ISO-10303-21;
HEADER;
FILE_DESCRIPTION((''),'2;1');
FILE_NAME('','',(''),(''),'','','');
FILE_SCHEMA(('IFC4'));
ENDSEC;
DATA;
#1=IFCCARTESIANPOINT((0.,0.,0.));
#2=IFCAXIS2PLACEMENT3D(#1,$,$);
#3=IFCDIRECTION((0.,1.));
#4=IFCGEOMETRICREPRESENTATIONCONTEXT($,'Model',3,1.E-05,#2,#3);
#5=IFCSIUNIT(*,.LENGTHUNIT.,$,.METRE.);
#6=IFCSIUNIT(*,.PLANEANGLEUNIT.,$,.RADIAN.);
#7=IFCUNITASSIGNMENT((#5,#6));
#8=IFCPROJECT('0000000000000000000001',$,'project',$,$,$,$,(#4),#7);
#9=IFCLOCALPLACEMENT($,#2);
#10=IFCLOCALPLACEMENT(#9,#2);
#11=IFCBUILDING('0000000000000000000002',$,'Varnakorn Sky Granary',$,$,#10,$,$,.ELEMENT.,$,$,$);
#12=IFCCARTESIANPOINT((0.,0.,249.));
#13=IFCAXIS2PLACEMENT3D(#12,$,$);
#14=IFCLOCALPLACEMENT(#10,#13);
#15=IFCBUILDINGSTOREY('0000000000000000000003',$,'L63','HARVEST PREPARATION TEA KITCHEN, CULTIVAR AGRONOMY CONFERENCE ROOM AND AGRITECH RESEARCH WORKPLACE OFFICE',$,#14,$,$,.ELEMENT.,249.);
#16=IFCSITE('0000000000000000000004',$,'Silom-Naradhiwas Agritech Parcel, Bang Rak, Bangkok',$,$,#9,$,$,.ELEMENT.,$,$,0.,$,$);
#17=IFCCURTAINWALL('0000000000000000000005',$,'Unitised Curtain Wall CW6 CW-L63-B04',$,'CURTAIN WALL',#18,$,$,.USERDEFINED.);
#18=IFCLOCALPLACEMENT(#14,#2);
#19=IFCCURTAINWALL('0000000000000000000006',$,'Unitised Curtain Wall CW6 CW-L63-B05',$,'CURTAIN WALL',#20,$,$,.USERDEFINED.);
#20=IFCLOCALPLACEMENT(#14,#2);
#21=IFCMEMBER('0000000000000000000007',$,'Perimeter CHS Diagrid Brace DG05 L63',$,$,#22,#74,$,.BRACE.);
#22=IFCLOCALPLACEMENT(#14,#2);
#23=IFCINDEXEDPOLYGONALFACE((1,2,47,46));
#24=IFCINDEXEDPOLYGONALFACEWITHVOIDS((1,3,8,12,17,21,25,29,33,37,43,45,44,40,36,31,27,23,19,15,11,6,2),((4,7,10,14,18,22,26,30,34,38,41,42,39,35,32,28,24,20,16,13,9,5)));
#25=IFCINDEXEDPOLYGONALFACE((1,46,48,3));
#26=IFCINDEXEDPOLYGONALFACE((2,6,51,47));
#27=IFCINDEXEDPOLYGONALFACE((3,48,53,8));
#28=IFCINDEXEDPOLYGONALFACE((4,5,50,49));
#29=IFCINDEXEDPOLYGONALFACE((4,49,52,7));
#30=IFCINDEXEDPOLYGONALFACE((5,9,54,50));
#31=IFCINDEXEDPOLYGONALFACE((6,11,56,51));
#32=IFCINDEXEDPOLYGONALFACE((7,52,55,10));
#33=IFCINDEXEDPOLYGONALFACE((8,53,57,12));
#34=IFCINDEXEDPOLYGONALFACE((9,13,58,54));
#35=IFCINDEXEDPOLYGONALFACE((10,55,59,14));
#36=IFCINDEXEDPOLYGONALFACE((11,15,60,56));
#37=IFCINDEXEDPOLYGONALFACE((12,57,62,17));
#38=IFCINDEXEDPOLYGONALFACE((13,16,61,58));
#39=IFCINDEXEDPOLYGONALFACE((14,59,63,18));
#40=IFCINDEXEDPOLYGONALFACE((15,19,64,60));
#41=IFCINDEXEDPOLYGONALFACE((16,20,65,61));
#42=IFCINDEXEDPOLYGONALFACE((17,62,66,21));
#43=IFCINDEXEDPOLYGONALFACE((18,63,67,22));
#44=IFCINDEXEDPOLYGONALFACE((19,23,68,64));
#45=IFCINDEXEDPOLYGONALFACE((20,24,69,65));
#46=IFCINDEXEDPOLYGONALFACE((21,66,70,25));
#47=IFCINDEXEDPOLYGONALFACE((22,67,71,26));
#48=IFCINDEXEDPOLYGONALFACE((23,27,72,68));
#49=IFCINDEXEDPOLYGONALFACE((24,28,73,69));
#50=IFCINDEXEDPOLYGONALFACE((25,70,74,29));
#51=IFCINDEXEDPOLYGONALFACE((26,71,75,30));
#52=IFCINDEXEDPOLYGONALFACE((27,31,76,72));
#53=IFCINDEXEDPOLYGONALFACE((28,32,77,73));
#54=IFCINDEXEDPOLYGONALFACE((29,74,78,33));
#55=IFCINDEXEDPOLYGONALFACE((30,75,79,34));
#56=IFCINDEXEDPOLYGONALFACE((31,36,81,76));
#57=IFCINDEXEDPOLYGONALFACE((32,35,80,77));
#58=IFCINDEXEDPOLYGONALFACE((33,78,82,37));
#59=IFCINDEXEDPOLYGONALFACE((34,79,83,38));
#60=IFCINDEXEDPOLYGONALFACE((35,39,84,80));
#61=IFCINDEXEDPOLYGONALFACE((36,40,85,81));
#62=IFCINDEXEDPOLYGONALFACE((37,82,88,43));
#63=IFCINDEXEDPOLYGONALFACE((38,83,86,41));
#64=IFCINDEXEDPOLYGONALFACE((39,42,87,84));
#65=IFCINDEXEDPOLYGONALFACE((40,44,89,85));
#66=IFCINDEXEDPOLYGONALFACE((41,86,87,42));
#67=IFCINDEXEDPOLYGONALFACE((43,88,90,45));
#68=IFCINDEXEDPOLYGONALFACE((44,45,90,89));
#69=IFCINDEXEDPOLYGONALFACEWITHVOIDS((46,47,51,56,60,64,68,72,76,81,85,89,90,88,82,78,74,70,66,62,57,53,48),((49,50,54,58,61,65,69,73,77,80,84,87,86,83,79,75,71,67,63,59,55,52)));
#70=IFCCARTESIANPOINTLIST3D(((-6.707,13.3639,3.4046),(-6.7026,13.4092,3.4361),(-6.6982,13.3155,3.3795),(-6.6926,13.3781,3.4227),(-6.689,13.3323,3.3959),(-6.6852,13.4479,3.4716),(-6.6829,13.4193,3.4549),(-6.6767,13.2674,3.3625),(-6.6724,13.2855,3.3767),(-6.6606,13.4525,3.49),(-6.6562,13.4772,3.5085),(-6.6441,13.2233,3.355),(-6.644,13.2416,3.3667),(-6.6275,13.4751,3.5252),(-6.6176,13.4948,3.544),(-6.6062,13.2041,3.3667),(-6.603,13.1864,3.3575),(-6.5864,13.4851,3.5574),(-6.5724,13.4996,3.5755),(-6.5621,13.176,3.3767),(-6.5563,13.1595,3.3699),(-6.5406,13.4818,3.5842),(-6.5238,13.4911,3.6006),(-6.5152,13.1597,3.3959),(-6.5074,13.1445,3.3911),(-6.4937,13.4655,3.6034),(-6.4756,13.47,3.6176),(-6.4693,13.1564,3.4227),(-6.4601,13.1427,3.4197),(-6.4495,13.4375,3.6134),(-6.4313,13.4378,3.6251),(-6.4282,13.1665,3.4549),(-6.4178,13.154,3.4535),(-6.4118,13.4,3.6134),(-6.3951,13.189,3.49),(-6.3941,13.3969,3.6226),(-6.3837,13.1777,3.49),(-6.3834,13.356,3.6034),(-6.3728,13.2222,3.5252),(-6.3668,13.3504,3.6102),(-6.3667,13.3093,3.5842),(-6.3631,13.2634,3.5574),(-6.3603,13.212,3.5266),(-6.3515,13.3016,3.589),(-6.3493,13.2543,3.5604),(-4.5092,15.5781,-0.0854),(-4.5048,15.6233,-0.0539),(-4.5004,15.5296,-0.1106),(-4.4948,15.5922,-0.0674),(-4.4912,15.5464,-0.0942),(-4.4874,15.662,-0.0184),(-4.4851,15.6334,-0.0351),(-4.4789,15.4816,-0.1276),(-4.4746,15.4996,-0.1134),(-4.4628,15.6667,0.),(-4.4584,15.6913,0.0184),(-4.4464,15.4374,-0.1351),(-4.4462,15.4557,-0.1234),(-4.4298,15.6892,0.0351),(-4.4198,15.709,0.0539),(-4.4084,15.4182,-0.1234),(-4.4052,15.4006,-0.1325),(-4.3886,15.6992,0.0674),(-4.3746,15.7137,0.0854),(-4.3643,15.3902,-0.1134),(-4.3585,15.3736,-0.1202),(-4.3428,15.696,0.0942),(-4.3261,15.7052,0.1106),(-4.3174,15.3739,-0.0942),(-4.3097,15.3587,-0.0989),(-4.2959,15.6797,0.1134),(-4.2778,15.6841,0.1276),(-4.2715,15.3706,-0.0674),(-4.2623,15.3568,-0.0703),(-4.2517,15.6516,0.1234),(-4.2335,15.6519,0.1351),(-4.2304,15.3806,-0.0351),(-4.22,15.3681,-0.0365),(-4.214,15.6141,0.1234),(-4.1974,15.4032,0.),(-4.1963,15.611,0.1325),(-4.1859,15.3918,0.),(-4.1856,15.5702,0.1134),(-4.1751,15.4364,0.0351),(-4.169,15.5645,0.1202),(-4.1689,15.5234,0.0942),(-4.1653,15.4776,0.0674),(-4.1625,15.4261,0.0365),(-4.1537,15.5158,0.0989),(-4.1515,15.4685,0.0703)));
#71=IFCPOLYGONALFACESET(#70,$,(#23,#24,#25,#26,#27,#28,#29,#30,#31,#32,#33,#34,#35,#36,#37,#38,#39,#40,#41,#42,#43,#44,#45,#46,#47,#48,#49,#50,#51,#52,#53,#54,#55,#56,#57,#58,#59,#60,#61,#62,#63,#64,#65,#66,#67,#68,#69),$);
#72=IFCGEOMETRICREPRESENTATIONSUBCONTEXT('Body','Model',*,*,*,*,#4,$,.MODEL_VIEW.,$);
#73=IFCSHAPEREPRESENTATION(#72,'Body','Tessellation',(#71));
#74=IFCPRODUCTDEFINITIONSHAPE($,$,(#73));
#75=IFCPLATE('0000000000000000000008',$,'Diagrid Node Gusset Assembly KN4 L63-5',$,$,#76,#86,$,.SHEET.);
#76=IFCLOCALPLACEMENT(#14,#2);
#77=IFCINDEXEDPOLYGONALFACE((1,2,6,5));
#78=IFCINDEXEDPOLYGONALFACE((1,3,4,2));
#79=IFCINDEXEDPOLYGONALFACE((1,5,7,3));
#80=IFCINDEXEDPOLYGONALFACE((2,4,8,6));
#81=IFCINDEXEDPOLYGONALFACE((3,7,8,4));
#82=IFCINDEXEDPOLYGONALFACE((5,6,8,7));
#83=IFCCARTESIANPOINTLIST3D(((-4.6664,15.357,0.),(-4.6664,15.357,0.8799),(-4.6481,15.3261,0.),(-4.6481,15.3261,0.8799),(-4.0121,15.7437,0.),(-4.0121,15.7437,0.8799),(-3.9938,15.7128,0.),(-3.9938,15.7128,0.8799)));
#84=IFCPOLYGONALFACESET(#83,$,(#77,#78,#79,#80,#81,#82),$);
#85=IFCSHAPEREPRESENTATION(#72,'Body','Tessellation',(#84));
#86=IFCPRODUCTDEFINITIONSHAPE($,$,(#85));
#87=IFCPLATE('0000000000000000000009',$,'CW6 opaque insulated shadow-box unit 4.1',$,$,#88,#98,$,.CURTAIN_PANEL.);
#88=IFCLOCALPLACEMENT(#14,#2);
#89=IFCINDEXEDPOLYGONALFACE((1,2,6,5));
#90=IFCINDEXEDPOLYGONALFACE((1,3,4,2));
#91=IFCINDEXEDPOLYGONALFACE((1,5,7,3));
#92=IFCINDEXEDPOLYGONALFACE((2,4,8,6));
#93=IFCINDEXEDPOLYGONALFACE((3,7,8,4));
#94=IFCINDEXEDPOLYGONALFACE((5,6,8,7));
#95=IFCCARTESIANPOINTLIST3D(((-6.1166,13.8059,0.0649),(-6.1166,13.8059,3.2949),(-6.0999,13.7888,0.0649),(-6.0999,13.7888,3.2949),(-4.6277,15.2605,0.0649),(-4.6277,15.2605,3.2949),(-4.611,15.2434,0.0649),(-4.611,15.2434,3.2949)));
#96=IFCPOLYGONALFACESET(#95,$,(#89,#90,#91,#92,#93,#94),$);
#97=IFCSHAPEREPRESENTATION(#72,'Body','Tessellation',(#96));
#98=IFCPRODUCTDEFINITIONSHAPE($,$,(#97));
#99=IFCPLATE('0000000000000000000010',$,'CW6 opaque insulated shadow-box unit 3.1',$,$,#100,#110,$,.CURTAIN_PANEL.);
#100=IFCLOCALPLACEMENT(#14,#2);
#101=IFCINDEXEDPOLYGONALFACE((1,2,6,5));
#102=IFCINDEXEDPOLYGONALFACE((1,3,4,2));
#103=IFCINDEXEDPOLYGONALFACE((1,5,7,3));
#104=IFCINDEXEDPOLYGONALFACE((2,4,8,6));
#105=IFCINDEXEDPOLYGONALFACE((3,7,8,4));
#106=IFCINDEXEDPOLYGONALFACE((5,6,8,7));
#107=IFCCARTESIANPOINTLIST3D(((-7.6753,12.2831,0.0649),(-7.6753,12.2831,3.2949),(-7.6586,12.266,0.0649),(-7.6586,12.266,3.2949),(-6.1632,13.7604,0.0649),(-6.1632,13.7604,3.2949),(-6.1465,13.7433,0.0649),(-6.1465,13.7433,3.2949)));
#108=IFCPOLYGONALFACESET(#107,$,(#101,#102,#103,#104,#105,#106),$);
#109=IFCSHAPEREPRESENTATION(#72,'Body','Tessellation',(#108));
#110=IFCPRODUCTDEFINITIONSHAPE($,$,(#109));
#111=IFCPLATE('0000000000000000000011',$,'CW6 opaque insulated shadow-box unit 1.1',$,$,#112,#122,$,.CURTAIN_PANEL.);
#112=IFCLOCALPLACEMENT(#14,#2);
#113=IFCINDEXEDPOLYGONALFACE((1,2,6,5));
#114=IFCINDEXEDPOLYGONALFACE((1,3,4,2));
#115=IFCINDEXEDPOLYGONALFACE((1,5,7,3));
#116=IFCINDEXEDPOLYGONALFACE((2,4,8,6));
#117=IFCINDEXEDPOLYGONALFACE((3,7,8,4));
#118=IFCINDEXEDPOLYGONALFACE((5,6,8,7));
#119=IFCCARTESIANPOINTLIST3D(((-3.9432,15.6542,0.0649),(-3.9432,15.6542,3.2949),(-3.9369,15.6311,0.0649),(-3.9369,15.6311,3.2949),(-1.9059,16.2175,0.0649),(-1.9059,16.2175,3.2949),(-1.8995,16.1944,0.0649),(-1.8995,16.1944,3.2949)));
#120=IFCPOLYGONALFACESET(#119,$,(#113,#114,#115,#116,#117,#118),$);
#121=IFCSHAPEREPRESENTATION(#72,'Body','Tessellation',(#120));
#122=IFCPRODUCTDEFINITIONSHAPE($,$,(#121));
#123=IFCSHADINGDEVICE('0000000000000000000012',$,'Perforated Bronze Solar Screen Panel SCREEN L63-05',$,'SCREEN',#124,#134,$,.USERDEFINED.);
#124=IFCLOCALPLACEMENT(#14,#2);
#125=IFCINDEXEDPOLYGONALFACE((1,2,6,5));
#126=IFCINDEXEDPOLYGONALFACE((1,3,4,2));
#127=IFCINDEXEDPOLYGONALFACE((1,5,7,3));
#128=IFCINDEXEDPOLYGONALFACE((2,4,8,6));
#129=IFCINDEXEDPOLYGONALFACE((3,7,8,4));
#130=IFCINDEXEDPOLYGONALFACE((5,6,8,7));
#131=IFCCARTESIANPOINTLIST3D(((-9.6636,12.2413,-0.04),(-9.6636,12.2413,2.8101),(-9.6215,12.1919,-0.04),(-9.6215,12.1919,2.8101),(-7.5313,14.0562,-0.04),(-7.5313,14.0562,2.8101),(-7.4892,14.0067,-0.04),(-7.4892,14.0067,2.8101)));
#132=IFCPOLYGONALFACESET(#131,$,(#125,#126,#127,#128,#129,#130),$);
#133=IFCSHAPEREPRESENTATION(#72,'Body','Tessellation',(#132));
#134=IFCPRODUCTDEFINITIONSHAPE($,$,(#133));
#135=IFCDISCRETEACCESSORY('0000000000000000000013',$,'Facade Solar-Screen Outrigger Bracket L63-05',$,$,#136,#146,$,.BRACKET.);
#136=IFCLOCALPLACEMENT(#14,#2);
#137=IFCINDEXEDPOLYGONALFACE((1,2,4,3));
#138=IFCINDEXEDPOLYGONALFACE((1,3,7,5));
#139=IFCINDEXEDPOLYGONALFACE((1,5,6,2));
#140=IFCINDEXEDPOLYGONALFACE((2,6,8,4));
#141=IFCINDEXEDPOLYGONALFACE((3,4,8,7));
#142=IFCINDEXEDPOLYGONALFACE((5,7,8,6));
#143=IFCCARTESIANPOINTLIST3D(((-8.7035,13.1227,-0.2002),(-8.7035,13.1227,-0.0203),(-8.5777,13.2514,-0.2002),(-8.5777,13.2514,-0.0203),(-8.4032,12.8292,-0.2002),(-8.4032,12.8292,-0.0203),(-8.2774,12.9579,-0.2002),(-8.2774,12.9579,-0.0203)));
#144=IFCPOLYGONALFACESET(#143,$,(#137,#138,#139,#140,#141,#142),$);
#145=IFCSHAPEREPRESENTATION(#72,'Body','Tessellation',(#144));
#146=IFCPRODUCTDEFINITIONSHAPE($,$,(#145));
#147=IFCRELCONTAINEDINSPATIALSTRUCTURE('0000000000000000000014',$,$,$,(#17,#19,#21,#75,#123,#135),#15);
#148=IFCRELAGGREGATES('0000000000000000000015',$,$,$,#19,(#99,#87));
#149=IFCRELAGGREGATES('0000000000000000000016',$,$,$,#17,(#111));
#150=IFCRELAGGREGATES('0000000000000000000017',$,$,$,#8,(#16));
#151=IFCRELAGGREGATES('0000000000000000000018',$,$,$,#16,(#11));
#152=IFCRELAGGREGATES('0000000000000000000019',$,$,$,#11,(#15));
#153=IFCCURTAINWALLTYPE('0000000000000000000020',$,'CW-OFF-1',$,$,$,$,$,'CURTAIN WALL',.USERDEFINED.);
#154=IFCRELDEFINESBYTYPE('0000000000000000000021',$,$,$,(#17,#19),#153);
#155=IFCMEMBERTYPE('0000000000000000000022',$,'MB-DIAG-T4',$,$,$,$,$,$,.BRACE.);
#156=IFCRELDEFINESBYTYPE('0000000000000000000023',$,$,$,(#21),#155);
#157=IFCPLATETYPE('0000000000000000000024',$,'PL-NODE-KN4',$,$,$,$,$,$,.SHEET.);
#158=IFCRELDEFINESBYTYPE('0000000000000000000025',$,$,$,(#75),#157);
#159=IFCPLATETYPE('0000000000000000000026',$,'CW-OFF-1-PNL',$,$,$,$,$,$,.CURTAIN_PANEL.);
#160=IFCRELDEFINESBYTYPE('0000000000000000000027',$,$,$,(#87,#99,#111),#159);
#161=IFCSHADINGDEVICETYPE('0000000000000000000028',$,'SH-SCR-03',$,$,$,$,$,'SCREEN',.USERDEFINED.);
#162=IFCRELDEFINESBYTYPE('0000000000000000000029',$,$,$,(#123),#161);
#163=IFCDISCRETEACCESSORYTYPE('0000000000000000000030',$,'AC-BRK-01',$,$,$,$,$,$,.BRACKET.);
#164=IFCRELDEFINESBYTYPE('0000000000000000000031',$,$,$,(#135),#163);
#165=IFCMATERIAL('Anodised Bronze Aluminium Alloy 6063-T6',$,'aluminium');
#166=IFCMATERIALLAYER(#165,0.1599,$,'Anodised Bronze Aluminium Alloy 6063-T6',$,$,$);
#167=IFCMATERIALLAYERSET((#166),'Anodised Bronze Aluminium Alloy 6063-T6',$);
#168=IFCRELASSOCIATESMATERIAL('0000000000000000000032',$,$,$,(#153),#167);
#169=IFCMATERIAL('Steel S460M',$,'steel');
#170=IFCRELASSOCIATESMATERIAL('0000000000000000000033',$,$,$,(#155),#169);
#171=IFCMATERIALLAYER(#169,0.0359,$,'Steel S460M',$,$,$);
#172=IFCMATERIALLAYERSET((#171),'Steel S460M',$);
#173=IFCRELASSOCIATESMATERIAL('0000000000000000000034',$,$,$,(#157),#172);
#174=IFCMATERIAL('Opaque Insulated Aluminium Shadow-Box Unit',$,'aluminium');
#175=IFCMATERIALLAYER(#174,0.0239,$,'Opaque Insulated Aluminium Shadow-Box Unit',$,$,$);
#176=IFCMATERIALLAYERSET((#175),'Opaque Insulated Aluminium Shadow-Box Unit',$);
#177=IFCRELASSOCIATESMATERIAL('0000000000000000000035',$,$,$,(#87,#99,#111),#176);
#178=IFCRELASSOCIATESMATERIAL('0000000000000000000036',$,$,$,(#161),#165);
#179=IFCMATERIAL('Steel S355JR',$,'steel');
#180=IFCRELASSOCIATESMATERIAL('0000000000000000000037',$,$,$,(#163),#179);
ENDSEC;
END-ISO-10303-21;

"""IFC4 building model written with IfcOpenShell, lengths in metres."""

from ifc_helpers import new_model, si_unit, direction, frame, origin, origin_2d, place, context, subcontext, project, spatial, rectangle, hollow_circle, extrude, source, transform, mapped, material, layer, layer_set, material_profile, profile_set, type_object, type_shapes, element, aggregate, save


model = new_model("IFC4")

# Units and contexts
model_context = context("Model", 3, precision=1e-05, world=origin(), true_north=direction((0.0, 1.0)))
body_context = subcontext(model_context, "Body", "Model", "MODEL_VIEW")
ifc_project = project(units=[si_unit("LENGTHUNIT", "METRE"), si_unit("PLANEANGLEUNIT", "RADIAN")], contexts=[model_context])

# Site, building, storey
site_placement = place(None, origin())
site = spatial("IfcSite", under=ifc_project, at=site_placement, Name="Silom-Naradhiwas Agritech Parcel, Bang Rak, Bangkok", CompositionType="ELEMENT", RefElevation=0.0)
building_placement = place(site_placement, origin())
building = spatial("IfcBuilding", under=site, at=building_placement, Name="Varnakorn Sky Granary", CompositionType="ELEMENT")
storey_placement = place(building_placement, frame((0.0, 0.0, 249.0)))
storey = spatial("IfcBuildingStorey", under=building, at=storey_placement, Name="L63", Description="HARVEST PREPARATION TEA KITCHEN, CULTIVAR AGRONOMY CONFERENCE ROOM AND AGRITECH RESEARCH WORKPLACE OFFICE", CompositionType="ELEMENT", Elevation=249.0)

# Shared definitions
ifc_material_1 = material(Name="Steel S460M", Category="steel")

# Shared definitions
ifc_material_2 = material(Name="Steel S355JR", Category="steel")

# Curtain wall
ifc_material_3 = material(Name="Anodised Bronze Aluminium Alloy 6063-T6", Category="aluminium")
ifc_layer_1 = layer(ifc_material_3, 0.1599, Name="Anodised Bronze Aluminium Alloy 6063-T6")
ifc_layer_set_1 = layer_set([ifc_layer_1], Name="Anodised Bronze Aluminium Alloy 6063-T6")
curtain_wall_type = type_object("IfcCurtainWallType", Name="CW-OFF-1", ElementType="CURTAIN WALL", PredefinedType="USERDEFINED", material=ifc_layer_set_1)
curtain_wall_1_placement = place(storey_placement, origin())
curtain_wall_1 = element("IfcCurtainWall", 1, at=curtain_wall_1_placement, inside=storey, type_object=curtain_wall_type, Name="Unitised Curtain Wall CW6 CW-L63-B04", ObjectType="CURTAIN WALL", PredefinedType="USERDEFINED")

# Curtain wall
curtain_wall_2_placement = place(storey_placement, origin())
curtain_wall_2 = element("IfcCurtainWall", 2, at=curtain_wall_2_placement, inside=storey, type_object=curtain_wall_type, Name="Unitised Curtain Wall CW6 CW-L63-B05", ObjectType="CURTAIN WALL", PredefinedType="USERDEFINED")

# Member
ifc_material_profile_1 = material_profile(ifc_material_1, hollow_circle(Radius=0.2031, WallThickness=0.0161, at=origin_2d()), Name="CHS 406.4x16")
ifc_profile_set_1 = profile_set([ifc_material_profile_1], Name="Steel S460M")
member_type_1 = type_object("IfcMemberType", Name="MB-DIAG-T4", PredefinedType="BRACE", material=ifc_profile_set_1)
member_1_placement = place(storey_placement, frame((-4.3301, 15.5349, 0.0), z_axis=(-0.469498, -0.472992, 0.745553), x_axis=(0.709724, -0.70448, 0.0)))
element("IfcMember", 3, at=member_1_placement, inside=storey, type_object=member_type_1, Name="Perimeter CHS Diagrid Brace DG05 L63", PredefinedType="BRACE", context=body_context, shape_type="SweptSolid", body=[
    extrude(hollow_circle(Radius=0.2031, WallThickness=0.0161, at=origin_2d()), origin(), (0.0, 0.0, 1.0), 4.6812),
])

# Plates
ifc_layer_2 = layer(ifc_material_1, 0.0359, Name="Steel S460M")
ifc_layer_set_2 = layer_set([ifc_layer_2], Name="Steel S460M")
plate_type_1 = type_object("IfcPlateType", Name="PL-NODE-KN4", PredefinedType="SHEET", material=ifc_layer_set_2)
plate_1_placement = place(storey_placement, frame((-4.3301, 15.5349, 0.0), z_axis=(0.0, 0.0, 1.0), x_axis=(-0.860918, -0.508744, 0.0)))
element("IfcPlate", 4, at=plate_1_placement, inside=storey, type_object=plate_type_1, Name="Diagrid Node Gusset Assembly KN4 L63-5", PredefinedType="SHEET", context=body_context, shape_type="SweptSolid", body=[
    extrude(rectangle(XDim=0.76, YDim=0.0359, at=origin_2d()), origin(), (0.0, 0.0, 1.0), 0.8799),
])
ifc_material_4 = material(Name="Opaque Insulated Aluminium Shadow-Box Unit", Category="aluminium")
ifc_layer_3 = layer(ifc_material_4, 0.0239, Name="Opaque Insulated Aluminium Shadow-Box Unit")
ifc_layer_set_3 = layer_set([ifc_layer_3], Name="Opaque Insulated Aluminium Shadow-Box Unit")
plate_type_2 = type_object("IfcPlateType", Name="CW-OFF-1-PNL", PredefinedType="CURTAIN_PANEL")
shared_shape_1 = source(origin(), body_context, "Body", "SweptSolid", [
    extrude(rectangle(XDim=2.0815, YDim=0.0239, at=origin_2d()), origin(), (0.0, 0.0, 1.0), 3.23),
])
plate_2_placement = place(storey_placement, frame((-5.3638, 14.5247, 0.0649), z_axis=(0.0, 0.0, 1.0), x_axis=(0.715285, 0.698833, 0.0)))
plate_2 = element("IfcPlate", 5, at=plate_2_placement, type_object=plate_type_2, material=ifc_layer_set_3, Name="CW6 opaque insulated shadow-box unit 4.1", PredefinedType="CURTAIN_PANEL", context=body_context, shape_type="MappedRepresentation", body=[
    mapped(shared_shape_1, transform((0.0, 0.0, 0.0), x_axis=(1.0, 0.0, 0.0), y_axis=(0.0, 1.0, 0.0), z_axis=(0.0, 0.0, 1.0), scale=1.0)),
])
shared_shape_2 = source(origin(), body_context, "Body", "SweptSolid", [
    extrude(rectangle(XDim=2.114, YDim=0.0239, at=origin_2d()), origin(), (0.0, 0.0, 1.0), 3.23),
])
plate_3_placement = place(storey_placement, frame((-6.9109, 13.0132, 0.0649), z_axis=(0.0, 0.0, 1.0), x_axis=(0.715285, 0.698833, 0.0)))
plate_3 = element("IfcPlate", 6, at=plate_3_placement, type_object=plate_type_2, material=ifc_layer_set_3, Name="CW6 opaque insulated shadow-box unit 3.1", PredefinedType="CURTAIN_PANEL", context=body_context, shape_type="MappedRepresentation", body=[
    mapped(shared_shape_2, transform((0.0, 0.0, 0.0), x_axis=(1.0, 0.0, 0.0), y_axis=(0.0, 1.0, 0.0), z_axis=(0.0, 0.0, 1.0), scale=1.0)),
])
aggregate(curtain_wall_2, [plate_3, plate_2])
shared_shape_3 = source(origin(), body_context, "Body", "SweptSolid", [
    extrude(rectangle(XDim=2.1138, YDim=0.0239, at=origin_2d()), origin(), (0.0, 0.0, 1.0), 3.23),
])
type_shapes(plate_type_2, [shared_shape_1, shared_shape_2, shared_shape_3])
plate_4_placement = place(storey_placement, frame((-2.9214, 15.9243, 0.0649), z_axis=(0.0, 0.0, 1.0), x_axis=(0.963839, 0.266487, 0.0)))
plate_4 = element("IfcPlate", 7, at=plate_4_placement, type_object=plate_type_2, material=ifc_layer_set_3, Name="CW6 opaque insulated shadow-box unit 1.1", PredefinedType="CURTAIN_PANEL", context=body_context, shape_type="MappedRepresentation", body=[
    mapped(shared_shape_3, transform((0.0, 0.0, 0.0), x_axis=(1.0, 0.0, 0.0), y_axis=(0.0, 1.0, 0.0), z_axis=(0.0, 0.0, 1.0), scale=1.0)),
])
aggregate(curtain_wall_1, [plate_4])

# Shading device
shading_device_type = type_object("IfcShadingDeviceType", Name="SH-SCR-03", ElementType="SCREEN", PredefinedType="USERDEFINED", material=ifc_material_3)
shared_shape_4 = source(origin(), body_context, "Body", "SweptSolid", [
    extrude(rectangle(XDim=2.8, YDim=0.0649, at=origin_2d()), origin(), (0.0, 0.0, 1.0), 2.8501),
])
type_shapes(shading_device_type, [shared_shape_4])
shading_device_placement = place(storey_placement, frame((-8.5764, 13.124, -0.04), z_axis=(0.0, 0.0, 1.0), x_axis=(-0.761513, -0.64815, 0.0)))
element("IfcShadingDevice", 8, at=shading_device_placement, inside=storey, type_object=shading_device_type, Name="Perforated Bronze Solar Screen Panel SCREEN L63-05", ObjectType="SCREEN", PredefinedType="USERDEFINED", context=body_context, shape_type="MappedRepresentation", body=[
    mapped(shared_shape_4, transform((0.0, 0.0, 0.0), x_axis=(1.0, 0.0, 0.0), y_axis=(0.0, 1.0, 0.0), z_axis=(0.0, 0.0, 1.0), scale=1.0)),
])

# Discrete accessory
discrete_accessory_type = type_object("IfcDiscreteAccessoryType", Name="AC-BRK-01", PredefinedType="BRACKET", material=ifc_material_2)
shared_shape_5 = source(origin(), body_context, "Body", "SweptSolid", [
    extrude(rectangle(XDim=0.1799, YDim=0.4199, at=origin_2d()), origin(), (0.0, 0.0, 1.0), 0.1799),
])
type_shapes(discrete_accessory_type, [shared_shape_5])
discrete_accessory_placement = place(storey_placement, frame((-8.4905, 13.0403, -0.2002), z_axis=(0.0, 0.0, 1.0), x_axis=(-0.699011, -0.715111, 0.0)))
element("IfcDiscreteAccessory", 9, at=discrete_accessory_placement, inside=storey, type_object=discrete_accessory_type, Name="Facade Solar-Screen Outrigger Bracket L63-05", PredefinedType="BRACKET", context=body_context, shape_type="MappedRepresentation", body=[
    mapped(shared_shape_5, transform((0.0, 0.0, 0.0), x_axis=(1.0, 0.0, 0.0), y_axis=(0.0, 1.0, 0.0), z_axis=(0.0, 0.0, 1.0), scale=1.0)),
])

save(model, "model.ifc")
